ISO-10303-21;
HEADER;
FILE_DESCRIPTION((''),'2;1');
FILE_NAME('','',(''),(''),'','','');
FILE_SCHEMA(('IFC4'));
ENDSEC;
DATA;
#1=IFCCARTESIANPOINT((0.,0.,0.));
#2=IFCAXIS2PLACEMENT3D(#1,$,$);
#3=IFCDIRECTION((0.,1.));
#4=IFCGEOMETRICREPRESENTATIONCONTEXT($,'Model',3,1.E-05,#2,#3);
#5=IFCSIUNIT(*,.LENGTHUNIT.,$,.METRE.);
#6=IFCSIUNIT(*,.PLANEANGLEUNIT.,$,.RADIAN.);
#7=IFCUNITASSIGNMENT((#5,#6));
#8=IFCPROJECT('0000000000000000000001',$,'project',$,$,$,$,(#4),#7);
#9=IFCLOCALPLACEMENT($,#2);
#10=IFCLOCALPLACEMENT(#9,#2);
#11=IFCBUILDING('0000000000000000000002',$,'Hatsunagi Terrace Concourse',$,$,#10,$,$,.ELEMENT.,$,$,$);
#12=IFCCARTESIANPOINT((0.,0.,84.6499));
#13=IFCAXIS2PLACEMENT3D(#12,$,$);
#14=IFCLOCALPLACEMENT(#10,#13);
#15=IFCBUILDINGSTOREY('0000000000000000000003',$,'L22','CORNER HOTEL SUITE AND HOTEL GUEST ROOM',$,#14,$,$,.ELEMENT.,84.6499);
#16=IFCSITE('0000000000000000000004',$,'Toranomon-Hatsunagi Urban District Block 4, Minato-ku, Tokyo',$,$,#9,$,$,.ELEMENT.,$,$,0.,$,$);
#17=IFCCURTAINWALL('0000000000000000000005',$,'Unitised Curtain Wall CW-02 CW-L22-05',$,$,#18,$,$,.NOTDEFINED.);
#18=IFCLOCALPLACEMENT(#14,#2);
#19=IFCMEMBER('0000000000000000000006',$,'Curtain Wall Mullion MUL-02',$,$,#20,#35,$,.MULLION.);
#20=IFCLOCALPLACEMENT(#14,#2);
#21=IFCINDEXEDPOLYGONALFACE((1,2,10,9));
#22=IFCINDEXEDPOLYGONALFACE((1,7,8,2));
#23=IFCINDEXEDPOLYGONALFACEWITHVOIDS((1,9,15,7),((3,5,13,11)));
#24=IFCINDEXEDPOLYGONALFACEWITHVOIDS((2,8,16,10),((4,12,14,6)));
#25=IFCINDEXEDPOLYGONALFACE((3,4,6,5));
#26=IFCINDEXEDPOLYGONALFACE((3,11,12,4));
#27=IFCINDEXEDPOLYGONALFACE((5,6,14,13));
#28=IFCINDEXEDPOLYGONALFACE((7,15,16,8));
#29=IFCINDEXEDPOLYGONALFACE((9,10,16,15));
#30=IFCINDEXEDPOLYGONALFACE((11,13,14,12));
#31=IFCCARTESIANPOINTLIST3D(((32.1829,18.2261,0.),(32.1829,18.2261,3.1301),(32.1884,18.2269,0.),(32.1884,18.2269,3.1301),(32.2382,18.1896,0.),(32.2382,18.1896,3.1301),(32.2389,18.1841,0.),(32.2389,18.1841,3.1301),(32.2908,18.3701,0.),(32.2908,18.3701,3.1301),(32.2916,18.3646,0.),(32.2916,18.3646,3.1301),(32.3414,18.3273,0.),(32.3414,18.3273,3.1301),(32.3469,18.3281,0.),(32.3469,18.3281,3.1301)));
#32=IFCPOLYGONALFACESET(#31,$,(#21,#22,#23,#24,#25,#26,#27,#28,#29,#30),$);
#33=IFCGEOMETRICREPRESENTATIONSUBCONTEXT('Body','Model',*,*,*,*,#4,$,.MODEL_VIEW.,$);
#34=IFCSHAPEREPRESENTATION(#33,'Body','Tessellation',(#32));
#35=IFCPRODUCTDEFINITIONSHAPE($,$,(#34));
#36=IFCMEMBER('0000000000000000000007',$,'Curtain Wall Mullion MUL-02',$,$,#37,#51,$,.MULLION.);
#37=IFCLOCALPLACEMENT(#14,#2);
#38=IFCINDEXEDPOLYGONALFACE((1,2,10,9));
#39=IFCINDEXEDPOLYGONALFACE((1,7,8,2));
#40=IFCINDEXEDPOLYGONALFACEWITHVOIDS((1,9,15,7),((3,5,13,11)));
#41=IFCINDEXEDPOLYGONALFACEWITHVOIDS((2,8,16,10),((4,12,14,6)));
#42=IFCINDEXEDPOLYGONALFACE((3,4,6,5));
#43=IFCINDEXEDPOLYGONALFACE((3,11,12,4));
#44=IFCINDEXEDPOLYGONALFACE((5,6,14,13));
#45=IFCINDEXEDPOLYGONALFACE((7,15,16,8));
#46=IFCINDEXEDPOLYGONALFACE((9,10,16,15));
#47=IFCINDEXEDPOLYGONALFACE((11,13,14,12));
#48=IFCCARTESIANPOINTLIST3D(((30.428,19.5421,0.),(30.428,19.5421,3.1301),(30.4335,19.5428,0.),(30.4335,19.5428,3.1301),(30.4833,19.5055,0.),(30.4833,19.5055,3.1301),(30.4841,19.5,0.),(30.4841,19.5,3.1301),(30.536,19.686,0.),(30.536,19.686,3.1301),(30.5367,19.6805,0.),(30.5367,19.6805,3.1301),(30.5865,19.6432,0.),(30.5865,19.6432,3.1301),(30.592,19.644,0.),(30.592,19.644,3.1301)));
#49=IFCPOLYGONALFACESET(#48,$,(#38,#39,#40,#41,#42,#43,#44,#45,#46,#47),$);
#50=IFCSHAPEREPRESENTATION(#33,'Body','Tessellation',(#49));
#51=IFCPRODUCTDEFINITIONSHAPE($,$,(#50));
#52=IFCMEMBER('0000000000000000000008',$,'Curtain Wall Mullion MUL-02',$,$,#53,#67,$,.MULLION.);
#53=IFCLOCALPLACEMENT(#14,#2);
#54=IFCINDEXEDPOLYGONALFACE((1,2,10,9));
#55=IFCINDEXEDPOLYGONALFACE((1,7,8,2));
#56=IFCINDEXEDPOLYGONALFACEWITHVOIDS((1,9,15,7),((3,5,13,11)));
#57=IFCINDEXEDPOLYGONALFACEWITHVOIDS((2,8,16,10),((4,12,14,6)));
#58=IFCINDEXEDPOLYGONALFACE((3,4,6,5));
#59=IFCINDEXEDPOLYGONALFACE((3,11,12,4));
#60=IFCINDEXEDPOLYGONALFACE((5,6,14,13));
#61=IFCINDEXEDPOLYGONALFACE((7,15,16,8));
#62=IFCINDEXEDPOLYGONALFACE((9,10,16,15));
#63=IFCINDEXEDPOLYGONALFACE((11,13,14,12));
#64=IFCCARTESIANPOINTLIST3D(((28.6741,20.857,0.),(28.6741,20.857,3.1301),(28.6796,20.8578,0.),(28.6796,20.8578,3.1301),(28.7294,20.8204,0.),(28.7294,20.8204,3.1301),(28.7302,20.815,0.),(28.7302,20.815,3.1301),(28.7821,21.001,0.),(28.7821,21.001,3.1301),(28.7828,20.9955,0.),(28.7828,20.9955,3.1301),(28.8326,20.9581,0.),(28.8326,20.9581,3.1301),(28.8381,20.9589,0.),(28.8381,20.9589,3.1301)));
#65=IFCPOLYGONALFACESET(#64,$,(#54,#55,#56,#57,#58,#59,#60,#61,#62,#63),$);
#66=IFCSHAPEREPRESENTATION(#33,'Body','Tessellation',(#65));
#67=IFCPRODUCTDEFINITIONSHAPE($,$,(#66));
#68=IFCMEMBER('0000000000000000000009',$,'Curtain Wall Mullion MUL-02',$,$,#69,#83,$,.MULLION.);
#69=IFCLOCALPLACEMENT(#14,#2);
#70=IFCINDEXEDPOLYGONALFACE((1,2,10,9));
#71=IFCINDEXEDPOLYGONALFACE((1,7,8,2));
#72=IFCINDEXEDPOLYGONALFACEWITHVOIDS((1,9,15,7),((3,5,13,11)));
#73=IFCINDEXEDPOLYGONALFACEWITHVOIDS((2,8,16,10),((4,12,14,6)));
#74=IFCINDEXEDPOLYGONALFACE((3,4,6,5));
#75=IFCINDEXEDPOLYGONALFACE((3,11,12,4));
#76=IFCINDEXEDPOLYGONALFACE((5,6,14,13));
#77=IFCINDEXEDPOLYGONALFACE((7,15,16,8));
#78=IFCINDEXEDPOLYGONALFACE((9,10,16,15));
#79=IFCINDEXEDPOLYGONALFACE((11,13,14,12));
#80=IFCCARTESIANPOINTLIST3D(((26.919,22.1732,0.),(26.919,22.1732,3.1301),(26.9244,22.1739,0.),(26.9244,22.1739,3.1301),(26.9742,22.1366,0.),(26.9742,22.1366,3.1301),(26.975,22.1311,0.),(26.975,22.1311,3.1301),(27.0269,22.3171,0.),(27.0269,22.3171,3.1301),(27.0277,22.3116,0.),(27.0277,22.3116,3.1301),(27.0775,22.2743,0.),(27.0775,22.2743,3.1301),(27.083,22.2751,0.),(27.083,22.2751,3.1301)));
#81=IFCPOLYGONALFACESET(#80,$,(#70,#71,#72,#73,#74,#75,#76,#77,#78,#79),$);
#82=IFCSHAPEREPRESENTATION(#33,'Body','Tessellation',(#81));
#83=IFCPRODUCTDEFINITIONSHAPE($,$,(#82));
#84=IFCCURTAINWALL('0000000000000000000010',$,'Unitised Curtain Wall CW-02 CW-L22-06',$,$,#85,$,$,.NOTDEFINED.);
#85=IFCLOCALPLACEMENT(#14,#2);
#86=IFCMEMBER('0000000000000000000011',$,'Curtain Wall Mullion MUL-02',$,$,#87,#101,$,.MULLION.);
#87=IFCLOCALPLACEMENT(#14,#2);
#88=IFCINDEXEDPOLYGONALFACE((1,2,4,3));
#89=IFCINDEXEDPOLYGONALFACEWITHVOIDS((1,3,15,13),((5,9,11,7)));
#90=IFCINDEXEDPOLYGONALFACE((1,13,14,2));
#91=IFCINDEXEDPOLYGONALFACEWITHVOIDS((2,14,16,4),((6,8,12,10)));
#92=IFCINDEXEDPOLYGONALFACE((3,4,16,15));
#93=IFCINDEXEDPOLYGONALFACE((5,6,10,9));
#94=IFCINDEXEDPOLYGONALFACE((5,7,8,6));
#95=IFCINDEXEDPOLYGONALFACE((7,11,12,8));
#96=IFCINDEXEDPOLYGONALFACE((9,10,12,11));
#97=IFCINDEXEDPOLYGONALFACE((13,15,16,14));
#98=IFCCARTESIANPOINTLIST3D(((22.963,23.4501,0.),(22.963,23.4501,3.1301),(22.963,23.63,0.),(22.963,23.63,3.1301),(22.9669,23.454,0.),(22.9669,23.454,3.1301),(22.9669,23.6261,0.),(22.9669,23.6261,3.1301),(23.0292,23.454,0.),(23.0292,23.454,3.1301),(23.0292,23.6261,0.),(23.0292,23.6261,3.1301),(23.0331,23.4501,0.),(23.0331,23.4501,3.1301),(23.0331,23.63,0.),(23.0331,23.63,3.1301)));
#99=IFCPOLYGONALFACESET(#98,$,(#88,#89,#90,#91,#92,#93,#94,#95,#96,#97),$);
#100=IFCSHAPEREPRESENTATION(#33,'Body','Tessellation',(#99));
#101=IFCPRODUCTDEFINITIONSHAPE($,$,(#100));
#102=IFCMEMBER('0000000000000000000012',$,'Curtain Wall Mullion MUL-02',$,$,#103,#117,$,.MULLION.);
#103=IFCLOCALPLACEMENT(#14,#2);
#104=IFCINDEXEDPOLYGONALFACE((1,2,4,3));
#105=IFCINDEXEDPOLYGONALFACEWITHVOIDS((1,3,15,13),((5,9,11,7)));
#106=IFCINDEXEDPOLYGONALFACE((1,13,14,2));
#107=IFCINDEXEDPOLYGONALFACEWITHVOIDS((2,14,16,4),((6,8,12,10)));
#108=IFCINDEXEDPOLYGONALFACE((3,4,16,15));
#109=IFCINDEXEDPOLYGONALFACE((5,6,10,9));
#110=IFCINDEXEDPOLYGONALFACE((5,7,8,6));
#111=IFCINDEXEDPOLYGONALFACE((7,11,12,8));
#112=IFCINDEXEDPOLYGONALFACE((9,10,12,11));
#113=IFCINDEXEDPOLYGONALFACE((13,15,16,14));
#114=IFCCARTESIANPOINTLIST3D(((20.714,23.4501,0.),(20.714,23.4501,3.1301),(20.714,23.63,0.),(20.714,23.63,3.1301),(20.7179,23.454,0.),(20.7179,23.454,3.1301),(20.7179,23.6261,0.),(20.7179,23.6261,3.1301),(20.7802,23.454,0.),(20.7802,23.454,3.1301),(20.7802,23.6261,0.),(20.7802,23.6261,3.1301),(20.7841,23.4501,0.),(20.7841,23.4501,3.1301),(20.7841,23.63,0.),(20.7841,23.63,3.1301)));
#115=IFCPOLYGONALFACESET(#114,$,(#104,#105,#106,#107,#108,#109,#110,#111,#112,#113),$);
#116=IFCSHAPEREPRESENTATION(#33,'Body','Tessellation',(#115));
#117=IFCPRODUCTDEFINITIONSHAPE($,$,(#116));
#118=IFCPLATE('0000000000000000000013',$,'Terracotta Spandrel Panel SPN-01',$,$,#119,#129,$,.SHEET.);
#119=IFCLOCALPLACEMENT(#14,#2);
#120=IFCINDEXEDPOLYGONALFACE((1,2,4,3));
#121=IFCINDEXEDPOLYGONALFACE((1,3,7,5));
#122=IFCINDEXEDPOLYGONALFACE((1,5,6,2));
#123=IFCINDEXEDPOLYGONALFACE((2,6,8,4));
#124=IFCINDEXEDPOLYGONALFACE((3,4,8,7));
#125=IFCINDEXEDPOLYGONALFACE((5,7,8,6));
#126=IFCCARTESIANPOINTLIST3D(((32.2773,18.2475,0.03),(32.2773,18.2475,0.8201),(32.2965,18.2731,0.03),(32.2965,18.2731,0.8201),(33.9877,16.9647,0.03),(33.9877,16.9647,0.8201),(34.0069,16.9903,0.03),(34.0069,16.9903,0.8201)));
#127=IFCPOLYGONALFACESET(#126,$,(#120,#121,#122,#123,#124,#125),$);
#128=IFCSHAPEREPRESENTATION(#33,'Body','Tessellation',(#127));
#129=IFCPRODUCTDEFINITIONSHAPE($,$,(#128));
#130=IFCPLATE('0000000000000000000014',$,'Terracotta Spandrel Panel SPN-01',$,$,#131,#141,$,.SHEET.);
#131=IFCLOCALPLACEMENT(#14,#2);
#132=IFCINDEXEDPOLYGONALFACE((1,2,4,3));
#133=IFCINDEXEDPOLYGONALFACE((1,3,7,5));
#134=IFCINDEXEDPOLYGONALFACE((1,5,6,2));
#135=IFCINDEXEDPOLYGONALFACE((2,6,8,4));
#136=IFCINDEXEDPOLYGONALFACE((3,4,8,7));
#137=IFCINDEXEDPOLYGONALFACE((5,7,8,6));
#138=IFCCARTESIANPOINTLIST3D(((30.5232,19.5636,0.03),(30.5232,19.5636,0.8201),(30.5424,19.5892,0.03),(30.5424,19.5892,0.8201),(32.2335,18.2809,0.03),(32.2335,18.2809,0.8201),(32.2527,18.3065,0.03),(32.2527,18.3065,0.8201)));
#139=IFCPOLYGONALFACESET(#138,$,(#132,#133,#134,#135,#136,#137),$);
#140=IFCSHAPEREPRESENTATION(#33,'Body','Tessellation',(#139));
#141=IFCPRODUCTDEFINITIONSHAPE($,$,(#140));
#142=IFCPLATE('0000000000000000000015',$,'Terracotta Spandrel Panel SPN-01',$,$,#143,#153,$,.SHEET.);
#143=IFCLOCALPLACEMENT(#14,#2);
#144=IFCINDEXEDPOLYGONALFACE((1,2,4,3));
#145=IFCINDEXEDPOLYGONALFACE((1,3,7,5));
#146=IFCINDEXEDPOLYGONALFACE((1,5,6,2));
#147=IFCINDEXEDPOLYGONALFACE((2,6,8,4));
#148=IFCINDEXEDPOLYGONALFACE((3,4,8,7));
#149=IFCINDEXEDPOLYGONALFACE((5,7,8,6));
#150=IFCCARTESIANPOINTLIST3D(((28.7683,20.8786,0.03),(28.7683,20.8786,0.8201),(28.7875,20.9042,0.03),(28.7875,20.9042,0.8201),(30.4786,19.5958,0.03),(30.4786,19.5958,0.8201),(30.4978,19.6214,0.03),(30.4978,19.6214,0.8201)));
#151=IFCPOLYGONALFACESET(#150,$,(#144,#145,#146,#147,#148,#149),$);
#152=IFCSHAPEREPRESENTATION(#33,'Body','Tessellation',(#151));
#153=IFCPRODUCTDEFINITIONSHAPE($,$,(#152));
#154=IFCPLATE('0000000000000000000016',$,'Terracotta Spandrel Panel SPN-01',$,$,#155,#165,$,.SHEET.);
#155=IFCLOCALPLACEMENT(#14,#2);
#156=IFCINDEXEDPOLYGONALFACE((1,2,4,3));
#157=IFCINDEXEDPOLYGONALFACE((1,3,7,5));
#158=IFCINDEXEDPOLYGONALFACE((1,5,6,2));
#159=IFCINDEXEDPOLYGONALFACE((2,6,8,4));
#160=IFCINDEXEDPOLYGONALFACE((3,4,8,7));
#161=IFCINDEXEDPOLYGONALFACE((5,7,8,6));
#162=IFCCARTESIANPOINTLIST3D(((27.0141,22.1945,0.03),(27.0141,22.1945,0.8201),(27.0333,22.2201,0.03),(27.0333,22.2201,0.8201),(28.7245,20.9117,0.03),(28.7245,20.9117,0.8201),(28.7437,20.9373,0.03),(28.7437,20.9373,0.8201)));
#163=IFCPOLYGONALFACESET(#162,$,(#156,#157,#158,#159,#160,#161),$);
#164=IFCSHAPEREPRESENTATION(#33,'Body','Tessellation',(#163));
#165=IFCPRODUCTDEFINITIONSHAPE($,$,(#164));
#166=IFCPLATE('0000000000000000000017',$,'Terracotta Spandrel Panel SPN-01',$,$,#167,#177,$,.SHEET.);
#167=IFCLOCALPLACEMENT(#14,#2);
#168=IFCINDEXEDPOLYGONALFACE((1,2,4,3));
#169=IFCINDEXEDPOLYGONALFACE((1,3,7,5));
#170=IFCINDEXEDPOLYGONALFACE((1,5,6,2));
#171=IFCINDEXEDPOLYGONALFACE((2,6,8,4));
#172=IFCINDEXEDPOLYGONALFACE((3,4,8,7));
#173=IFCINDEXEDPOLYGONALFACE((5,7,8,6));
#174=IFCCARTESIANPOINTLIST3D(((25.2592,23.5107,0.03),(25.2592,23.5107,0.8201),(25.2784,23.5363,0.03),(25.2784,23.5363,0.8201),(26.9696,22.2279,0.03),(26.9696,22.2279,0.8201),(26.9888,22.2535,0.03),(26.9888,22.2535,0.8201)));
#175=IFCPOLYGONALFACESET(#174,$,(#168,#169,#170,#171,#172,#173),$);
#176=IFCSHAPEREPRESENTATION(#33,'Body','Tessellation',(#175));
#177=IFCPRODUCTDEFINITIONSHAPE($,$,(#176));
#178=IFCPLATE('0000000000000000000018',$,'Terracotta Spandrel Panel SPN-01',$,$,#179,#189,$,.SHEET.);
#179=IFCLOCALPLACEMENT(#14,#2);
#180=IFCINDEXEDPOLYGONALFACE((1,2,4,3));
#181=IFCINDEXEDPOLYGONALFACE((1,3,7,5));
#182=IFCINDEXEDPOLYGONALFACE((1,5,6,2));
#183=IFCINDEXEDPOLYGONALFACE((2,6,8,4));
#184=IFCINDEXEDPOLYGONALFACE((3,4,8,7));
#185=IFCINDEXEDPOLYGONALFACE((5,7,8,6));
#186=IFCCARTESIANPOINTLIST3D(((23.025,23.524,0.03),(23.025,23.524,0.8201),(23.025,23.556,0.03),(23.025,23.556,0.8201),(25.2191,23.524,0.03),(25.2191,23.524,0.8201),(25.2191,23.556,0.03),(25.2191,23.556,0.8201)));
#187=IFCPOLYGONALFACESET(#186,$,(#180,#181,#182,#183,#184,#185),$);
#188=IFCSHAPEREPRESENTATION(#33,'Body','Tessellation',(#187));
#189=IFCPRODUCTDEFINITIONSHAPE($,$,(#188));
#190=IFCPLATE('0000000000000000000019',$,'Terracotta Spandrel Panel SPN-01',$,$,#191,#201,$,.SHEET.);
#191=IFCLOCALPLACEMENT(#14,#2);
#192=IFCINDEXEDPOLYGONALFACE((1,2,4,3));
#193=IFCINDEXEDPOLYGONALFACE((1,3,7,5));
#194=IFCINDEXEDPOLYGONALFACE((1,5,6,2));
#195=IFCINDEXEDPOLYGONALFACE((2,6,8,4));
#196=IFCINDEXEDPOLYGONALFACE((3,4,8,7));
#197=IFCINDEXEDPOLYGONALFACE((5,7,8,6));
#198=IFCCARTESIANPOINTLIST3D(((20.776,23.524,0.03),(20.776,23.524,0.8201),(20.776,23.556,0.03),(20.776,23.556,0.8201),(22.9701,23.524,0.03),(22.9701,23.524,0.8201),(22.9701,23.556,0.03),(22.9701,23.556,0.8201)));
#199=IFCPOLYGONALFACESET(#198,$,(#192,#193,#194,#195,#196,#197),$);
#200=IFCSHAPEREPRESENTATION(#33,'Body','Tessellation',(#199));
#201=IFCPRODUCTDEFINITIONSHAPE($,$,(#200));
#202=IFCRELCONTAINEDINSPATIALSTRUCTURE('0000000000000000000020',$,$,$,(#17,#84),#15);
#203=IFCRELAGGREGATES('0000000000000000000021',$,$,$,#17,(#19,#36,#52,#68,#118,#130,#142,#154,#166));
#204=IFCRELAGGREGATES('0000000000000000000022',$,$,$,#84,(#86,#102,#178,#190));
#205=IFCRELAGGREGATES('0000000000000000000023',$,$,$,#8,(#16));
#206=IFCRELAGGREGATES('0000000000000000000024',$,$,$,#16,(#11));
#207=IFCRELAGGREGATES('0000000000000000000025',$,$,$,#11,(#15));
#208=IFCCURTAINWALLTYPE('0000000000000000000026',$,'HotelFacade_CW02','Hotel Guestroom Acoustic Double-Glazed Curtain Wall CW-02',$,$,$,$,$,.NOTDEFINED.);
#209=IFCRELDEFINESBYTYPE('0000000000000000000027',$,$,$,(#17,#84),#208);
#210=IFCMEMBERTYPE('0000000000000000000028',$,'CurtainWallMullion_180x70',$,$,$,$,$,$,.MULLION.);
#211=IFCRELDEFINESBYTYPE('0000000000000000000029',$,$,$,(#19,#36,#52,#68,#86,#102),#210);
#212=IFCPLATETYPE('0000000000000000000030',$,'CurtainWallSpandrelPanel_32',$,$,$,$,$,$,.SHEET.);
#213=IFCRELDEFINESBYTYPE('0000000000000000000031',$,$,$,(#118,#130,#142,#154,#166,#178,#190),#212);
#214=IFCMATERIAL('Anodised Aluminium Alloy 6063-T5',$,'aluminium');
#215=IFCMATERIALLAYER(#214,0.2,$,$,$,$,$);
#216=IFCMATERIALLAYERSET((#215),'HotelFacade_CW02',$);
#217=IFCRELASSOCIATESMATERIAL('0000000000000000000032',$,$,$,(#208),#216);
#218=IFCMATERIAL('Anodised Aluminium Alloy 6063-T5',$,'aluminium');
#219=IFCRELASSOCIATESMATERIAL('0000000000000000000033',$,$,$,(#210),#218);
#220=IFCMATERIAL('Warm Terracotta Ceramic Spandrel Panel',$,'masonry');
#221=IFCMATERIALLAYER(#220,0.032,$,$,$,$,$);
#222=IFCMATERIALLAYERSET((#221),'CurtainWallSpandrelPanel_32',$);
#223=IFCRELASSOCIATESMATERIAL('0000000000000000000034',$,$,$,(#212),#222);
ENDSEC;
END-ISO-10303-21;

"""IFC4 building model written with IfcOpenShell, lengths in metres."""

from ifc_helpers import new_model, si_unit, direction, frame, origin, origin_2d, place, context, subcontext, project, spatial, rectangle, hollow_rectangle, extrude, material, layer, layer_set, material_profile, profile_set, type_object, element, aggregate, save


model = new_model("IFC4")

# Units and contexts
model_context = context("Model", 3, precision=1e-05, world=origin(), true_north=direction((0.0, 1.0)))
body_context = subcontext(model_context, "Body", "Model", "MODEL_VIEW")
ifc_project = project(units=[si_unit("LENGTHUNIT", "METRE"), si_unit("PLANEANGLEUNIT", "RADIAN")], contexts=[model_context])

# Site, building, storey
site_placement = place(None, origin())
site = spatial("IfcSite", under=ifc_project, at=site_placement, Name="Toranomon-Hatsunagi Urban District Block 4, Minato-ku, Tokyo", CompositionType="ELEMENT", RefElevation=0.0)
building_placement = place(site_placement, origin())
building = spatial("IfcBuilding", under=site, at=building_placement, Name="Hatsunagi Terrace Concourse", CompositionType="ELEMENT")
storey_placement = place(building_placement, frame((0.0, 0.0, 84.6499)))
storey = spatial("IfcBuildingStorey", under=building, at=storey_placement, Name="L22", Description="CORNER HOTEL SUITE AND HOTEL GUEST ROOM", CompositionType="ELEMENT", Elevation=84.6499)

# Curtain walls, members
ifc_material_1 = material(Name="Anodised Aluminium Alloy 6063-T5", Category="aluminium")
ifc_layer_1 = layer(ifc_material_1, 0.2)
ifc_layer_set_1 = layer_set([ifc_layer_1], Name="HotelFacade_CW02")
curtain_wall_type = type_object("IfcCurtainWallType", Name="HotelFacade_CW02", Description="Hotel Guestroom Acoustic Double-Glazed Curtain Wall CW-02", PredefinedType="NOTDEFINED", material=ifc_layer_set_1)
curtain_wall_1_placement = place(storey_placement, origin())
curtain_wall_1 = element("IfcCurtainWall", 1, at=curtain_wall_1_placement, inside=storey, type_object=curtain_wall_type, Name="Unitised Curtain Wall CW-02 CW-L22-05", PredefinedType="NOTDEFINED")
ifc_material_2 = material(Name="Anodised Aluminium Alloy 6063-T5", Category="aluminium")
ifc_material_profile = material_profile(ifc_material_2, hollow_rectangle(XDim=0.0701, YDim=0.1799, WallThickness=0.0039, at=origin_2d()), Name="ALU-MUL-180x70x4")
ifc_profile_set = profile_set([ifc_material_profile], Name="Anodised Aluminium Alloy 6063-T5")
member_type = type_object("IfcMemberType", Name="CurtainWallMullion_180x70", PredefinedType="MULLION", material=ifc_profile_set)
member_1_placement = place(storey_placement, frame((32.2649, 18.2771, 0.0), z_axis=(0.0, 0.0, 1.0), x_axis=(-0.800003, 0.599996, 0.0)))
member_1 = element("IfcMember", 2, at=member_1_placement, type_object=member_type, Name="Curtain Wall Mullion MUL-02", PredefinedType="MULLION", context=body_context, shape_type="SweptSolid", body=[
    extrude(hollow_rectangle(XDim=0.0701, YDim=0.1799, WallThickness=0.0039, at=origin_2d()), origin(), (0.0, 0.0, 1.0), 3.1301),
])
member_2_placement = place(storey_placement, frame((30.51, 19.593, 0.0), z_axis=(0.0, 0.0, 1.0), x_axis=(-0.800003, 0.599996, 0.0)))
member_2 = element("IfcMember", 3, at=member_2_placement, type_object=member_type, Name="Curtain Wall Mullion MUL-02", PredefinedType="MULLION", context=body_context, shape_type="SweptSolid", body=[
    extrude(hollow_rectangle(XDim=0.0701, YDim=0.1799, WallThickness=0.0039, at=origin_2d()), origin(), (0.0, 0.0, 1.0), 3.1301),
])
member_3_placement = place(storey_placement, frame((28.7561, 20.908, 0.0), z_axis=(0.0, 0.0, 1.0), x_axis=(-0.800003, 0.599996, 0.0)))
member_3 = element("IfcMember", 4, at=member_3_placement, type_object=member_type, Name="Curtain Wall Mullion MUL-02", PredefinedType="MULLION", context=body_context, shape_type="SweptSolid", body=[
    extrude(hollow_rectangle(XDim=0.0701, YDim=0.1799, WallThickness=0.0039, at=origin_2d()), origin(), (0.0, 0.0, 1.0), 3.1301),
])
member_4_placement = place(storey_placement, frame((27.001, 22.2241, 0.0), z_axis=(0.0, 0.0, 1.0), x_axis=(-0.800003, 0.599996, 0.0)))
member_4 = element("IfcMember", 5, at=member_4_placement, type_object=member_type, Name="Curtain Wall Mullion MUL-02", PredefinedType="MULLION", context=body_context, shape_type="SweptSolid", body=[
    extrude(hollow_rectangle(XDim=0.0701, YDim=0.1799, WallThickness=0.0039, at=origin_2d()), origin(), (0.0, 0.0, 1.0), 3.1301),
])
curtain_wall_2_placement = place(storey_placement, origin())
curtain_wall_2 = element("IfcCurtainWall", 6, at=curtain_wall_2_placement, inside=storey, type_object=curtain_wall_type, Name="Unitised Curtain Wall CW-02 CW-L22-06", PredefinedType="NOTDEFINED")
member_5_placement = place(storey_placement, frame((22.998, 23.54, 0.0), z_axis=(0.0, 0.0, 1.0), x_axis=(-1.0, 0.0, 0.0)))
member_5 = element("IfcMember", 7, at=member_5_placement, type_object=member_type, Name="Curtain Wall Mullion MUL-02", PredefinedType="MULLION", context=body_context, shape_type="SweptSolid", body=[
    extrude(hollow_rectangle(XDim=0.0701, YDim=0.1799, WallThickness=0.0039, at=origin_2d()), origin(), (0.0, 0.0, 1.0), 3.1301),
])
member_6_placement = place(storey_placement, frame((20.749, 23.54, 0.0), z_axis=(0.0, 0.0, 1.0), x_axis=(-1.0, 0.0, 0.0)))
member_6 = element("IfcMember", 8, at=member_6_placement, type_object=member_type, Name="Curtain Wall Mullion MUL-02", PredefinedType="MULLION", context=body_context, shape_type="SweptSolid", body=[
    extrude(hollow_rectangle(XDim=0.0701, YDim=0.1799, WallThickness=0.0039, at=origin_2d()), origin(), (0.0, 0.0, 1.0), 3.1301),
])

# Plates
ifc_material_3 = material(Name="Warm Terracotta Ceramic Spandrel Panel", Category="masonry")
ifc_layer_2 = layer(ifc_material_3, 0.032)
ifc_layer_set_2 = layer_set([ifc_layer_2], Name="CurtainWallSpandrelPanel_32")
plate_type_1 = type_object("IfcPlateType", Name="CurtainWallSpandrelPanel_32", PredefinedType="SHEET", material=ifc_layer_set_2)
plate_1_placement = place(storey_placement, frame((33.1421, 17.6189, 0.03), z_axis=(0.0, 0.0, 1.0), x_axis=(-0.800003, 0.599996, 0.0)))
plate_1 = element("IfcPlate", 9, at=plate_1_placement, type_object=plate_type_1, Name="Terracotta Spandrel Panel SPN-01", PredefinedType="SHEET", context=body_context, shape_type="SweptSolid", body=[
    extrude(rectangle(XDim=2.1379, YDim=0.032, at=origin_2d()), origin(), (0.0, 0.0, 1.0), 0.79),
])
plate_2_placement = place(storey_placement, frame((31.3879, 18.9351, 0.03), z_axis=(0.0, 0.0, 1.0), x_axis=(-0.800003, 0.599996, 0.0)))
plate_2 = element("IfcPlate", 10, at=plate_2_placement, type_object=plate_type_1, Name="Terracotta Spandrel Panel SPN-01", PredefinedType="SHEET", context=body_context, shape_type="SweptSolid", body=[
    extrude(rectangle(XDim=2.1379, YDim=0.032, at=origin_2d()), origin(), (0.0, 0.0, 1.0), 0.79),
])
plate_3_placement = place(storey_placement, frame((29.6331, 20.25, 0.03), z_axis=(0.0, 0.0, 1.0), x_axis=(-0.800003, 0.599996, 0.0)))
plate_3 = element("IfcPlate", 11, at=plate_3_placement, type_object=plate_type_1, Name="Terracotta Spandrel Panel SPN-01", PredefinedType="SHEET", context=body_context, shape_type="SweptSolid", body=[
    extrude(rectangle(XDim=2.1379, YDim=0.032, at=origin_2d()), origin(), (0.0, 0.0, 1.0), 0.79),
])
plate_4_placement = place(storey_placement, frame((27.8789, 21.5659, 0.03), z_axis=(0.0, 0.0, 1.0), x_axis=(-0.800003, 0.599996, 0.0)))
plate_4 = element("IfcPlate", 12, at=plate_4_placement, type_object=plate_type_1, Name="Terracotta Spandrel Panel SPN-01", PredefinedType="SHEET", context=body_context, shape_type="SweptSolid", body=[
    extrude(rectangle(XDim=2.1379, YDim=0.032, at=origin_2d()), origin(), (0.0, 0.0, 1.0), 0.79),
])
plate_5_placement = place(storey_placement, frame((26.124, 22.8821, 0.03), z_axis=(0.0, 0.0, 1.0), x_axis=(-0.800003, 0.599996, 0.0)))
plate_5 = element("IfcPlate", 13, at=plate_5_placement, type_object=plate_type_1, Name="Terracotta Spandrel Panel SPN-01", PredefinedType="SHEET", context=body_context, shape_type="SweptSolid", body=[
    extrude(rectangle(XDim=2.1379, YDim=0.032, at=origin_2d()), origin(), (0.0, 0.0, 1.0), 0.79),
])
plate_6_placement = place(storey_placement, frame((24.1221, 23.54, 0.03), z_axis=(0.0, 0.0, 1.0), x_axis=(-1.0, 0.0, 0.0)))
plate_6 = element("IfcPlate", 14, at=plate_6_placement, type_object=plate_type_1, Name="Terracotta Spandrel Panel SPN-01", PredefinedType="SHEET", context=body_context, shape_type="SweptSolid", body=[
    extrude(rectangle(XDim=2.1941, YDim=0.032, at=origin_2d()), origin(), (0.0, 0.0, 1.0), 0.79),
])
plate_7_placement = place(storey_placement, frame((21.873, 23.54, 0.03), z_axis=(0.0, 0.0, 1.0), x_axis=(-1.0, 0.0, 0.0)))
plate_7 = element("IfcPlate", 15, at=plate_7_placement, type_object=plate_type_1, Name="Terracotta Spandrel Panel SPN-01", PredefinedType="SHEET", context=body_context, shape_type="SweptSolid", body=[
    extrude(rectangle(XDim=2.1941, YDim=0.032, at=origin_2d()), origin(), (0.0, 0.0, 1.0), 0.79),
])
aggregate(curtain_wall_1, [member_1, member_2, member_3, member_4, plate_1, plate_2, plate_3, plate_4, plate_5])
aggregate(curtain_wall_2, [member_5, member_6, plate_6, plate_7])

save(model, "model.ifc")
